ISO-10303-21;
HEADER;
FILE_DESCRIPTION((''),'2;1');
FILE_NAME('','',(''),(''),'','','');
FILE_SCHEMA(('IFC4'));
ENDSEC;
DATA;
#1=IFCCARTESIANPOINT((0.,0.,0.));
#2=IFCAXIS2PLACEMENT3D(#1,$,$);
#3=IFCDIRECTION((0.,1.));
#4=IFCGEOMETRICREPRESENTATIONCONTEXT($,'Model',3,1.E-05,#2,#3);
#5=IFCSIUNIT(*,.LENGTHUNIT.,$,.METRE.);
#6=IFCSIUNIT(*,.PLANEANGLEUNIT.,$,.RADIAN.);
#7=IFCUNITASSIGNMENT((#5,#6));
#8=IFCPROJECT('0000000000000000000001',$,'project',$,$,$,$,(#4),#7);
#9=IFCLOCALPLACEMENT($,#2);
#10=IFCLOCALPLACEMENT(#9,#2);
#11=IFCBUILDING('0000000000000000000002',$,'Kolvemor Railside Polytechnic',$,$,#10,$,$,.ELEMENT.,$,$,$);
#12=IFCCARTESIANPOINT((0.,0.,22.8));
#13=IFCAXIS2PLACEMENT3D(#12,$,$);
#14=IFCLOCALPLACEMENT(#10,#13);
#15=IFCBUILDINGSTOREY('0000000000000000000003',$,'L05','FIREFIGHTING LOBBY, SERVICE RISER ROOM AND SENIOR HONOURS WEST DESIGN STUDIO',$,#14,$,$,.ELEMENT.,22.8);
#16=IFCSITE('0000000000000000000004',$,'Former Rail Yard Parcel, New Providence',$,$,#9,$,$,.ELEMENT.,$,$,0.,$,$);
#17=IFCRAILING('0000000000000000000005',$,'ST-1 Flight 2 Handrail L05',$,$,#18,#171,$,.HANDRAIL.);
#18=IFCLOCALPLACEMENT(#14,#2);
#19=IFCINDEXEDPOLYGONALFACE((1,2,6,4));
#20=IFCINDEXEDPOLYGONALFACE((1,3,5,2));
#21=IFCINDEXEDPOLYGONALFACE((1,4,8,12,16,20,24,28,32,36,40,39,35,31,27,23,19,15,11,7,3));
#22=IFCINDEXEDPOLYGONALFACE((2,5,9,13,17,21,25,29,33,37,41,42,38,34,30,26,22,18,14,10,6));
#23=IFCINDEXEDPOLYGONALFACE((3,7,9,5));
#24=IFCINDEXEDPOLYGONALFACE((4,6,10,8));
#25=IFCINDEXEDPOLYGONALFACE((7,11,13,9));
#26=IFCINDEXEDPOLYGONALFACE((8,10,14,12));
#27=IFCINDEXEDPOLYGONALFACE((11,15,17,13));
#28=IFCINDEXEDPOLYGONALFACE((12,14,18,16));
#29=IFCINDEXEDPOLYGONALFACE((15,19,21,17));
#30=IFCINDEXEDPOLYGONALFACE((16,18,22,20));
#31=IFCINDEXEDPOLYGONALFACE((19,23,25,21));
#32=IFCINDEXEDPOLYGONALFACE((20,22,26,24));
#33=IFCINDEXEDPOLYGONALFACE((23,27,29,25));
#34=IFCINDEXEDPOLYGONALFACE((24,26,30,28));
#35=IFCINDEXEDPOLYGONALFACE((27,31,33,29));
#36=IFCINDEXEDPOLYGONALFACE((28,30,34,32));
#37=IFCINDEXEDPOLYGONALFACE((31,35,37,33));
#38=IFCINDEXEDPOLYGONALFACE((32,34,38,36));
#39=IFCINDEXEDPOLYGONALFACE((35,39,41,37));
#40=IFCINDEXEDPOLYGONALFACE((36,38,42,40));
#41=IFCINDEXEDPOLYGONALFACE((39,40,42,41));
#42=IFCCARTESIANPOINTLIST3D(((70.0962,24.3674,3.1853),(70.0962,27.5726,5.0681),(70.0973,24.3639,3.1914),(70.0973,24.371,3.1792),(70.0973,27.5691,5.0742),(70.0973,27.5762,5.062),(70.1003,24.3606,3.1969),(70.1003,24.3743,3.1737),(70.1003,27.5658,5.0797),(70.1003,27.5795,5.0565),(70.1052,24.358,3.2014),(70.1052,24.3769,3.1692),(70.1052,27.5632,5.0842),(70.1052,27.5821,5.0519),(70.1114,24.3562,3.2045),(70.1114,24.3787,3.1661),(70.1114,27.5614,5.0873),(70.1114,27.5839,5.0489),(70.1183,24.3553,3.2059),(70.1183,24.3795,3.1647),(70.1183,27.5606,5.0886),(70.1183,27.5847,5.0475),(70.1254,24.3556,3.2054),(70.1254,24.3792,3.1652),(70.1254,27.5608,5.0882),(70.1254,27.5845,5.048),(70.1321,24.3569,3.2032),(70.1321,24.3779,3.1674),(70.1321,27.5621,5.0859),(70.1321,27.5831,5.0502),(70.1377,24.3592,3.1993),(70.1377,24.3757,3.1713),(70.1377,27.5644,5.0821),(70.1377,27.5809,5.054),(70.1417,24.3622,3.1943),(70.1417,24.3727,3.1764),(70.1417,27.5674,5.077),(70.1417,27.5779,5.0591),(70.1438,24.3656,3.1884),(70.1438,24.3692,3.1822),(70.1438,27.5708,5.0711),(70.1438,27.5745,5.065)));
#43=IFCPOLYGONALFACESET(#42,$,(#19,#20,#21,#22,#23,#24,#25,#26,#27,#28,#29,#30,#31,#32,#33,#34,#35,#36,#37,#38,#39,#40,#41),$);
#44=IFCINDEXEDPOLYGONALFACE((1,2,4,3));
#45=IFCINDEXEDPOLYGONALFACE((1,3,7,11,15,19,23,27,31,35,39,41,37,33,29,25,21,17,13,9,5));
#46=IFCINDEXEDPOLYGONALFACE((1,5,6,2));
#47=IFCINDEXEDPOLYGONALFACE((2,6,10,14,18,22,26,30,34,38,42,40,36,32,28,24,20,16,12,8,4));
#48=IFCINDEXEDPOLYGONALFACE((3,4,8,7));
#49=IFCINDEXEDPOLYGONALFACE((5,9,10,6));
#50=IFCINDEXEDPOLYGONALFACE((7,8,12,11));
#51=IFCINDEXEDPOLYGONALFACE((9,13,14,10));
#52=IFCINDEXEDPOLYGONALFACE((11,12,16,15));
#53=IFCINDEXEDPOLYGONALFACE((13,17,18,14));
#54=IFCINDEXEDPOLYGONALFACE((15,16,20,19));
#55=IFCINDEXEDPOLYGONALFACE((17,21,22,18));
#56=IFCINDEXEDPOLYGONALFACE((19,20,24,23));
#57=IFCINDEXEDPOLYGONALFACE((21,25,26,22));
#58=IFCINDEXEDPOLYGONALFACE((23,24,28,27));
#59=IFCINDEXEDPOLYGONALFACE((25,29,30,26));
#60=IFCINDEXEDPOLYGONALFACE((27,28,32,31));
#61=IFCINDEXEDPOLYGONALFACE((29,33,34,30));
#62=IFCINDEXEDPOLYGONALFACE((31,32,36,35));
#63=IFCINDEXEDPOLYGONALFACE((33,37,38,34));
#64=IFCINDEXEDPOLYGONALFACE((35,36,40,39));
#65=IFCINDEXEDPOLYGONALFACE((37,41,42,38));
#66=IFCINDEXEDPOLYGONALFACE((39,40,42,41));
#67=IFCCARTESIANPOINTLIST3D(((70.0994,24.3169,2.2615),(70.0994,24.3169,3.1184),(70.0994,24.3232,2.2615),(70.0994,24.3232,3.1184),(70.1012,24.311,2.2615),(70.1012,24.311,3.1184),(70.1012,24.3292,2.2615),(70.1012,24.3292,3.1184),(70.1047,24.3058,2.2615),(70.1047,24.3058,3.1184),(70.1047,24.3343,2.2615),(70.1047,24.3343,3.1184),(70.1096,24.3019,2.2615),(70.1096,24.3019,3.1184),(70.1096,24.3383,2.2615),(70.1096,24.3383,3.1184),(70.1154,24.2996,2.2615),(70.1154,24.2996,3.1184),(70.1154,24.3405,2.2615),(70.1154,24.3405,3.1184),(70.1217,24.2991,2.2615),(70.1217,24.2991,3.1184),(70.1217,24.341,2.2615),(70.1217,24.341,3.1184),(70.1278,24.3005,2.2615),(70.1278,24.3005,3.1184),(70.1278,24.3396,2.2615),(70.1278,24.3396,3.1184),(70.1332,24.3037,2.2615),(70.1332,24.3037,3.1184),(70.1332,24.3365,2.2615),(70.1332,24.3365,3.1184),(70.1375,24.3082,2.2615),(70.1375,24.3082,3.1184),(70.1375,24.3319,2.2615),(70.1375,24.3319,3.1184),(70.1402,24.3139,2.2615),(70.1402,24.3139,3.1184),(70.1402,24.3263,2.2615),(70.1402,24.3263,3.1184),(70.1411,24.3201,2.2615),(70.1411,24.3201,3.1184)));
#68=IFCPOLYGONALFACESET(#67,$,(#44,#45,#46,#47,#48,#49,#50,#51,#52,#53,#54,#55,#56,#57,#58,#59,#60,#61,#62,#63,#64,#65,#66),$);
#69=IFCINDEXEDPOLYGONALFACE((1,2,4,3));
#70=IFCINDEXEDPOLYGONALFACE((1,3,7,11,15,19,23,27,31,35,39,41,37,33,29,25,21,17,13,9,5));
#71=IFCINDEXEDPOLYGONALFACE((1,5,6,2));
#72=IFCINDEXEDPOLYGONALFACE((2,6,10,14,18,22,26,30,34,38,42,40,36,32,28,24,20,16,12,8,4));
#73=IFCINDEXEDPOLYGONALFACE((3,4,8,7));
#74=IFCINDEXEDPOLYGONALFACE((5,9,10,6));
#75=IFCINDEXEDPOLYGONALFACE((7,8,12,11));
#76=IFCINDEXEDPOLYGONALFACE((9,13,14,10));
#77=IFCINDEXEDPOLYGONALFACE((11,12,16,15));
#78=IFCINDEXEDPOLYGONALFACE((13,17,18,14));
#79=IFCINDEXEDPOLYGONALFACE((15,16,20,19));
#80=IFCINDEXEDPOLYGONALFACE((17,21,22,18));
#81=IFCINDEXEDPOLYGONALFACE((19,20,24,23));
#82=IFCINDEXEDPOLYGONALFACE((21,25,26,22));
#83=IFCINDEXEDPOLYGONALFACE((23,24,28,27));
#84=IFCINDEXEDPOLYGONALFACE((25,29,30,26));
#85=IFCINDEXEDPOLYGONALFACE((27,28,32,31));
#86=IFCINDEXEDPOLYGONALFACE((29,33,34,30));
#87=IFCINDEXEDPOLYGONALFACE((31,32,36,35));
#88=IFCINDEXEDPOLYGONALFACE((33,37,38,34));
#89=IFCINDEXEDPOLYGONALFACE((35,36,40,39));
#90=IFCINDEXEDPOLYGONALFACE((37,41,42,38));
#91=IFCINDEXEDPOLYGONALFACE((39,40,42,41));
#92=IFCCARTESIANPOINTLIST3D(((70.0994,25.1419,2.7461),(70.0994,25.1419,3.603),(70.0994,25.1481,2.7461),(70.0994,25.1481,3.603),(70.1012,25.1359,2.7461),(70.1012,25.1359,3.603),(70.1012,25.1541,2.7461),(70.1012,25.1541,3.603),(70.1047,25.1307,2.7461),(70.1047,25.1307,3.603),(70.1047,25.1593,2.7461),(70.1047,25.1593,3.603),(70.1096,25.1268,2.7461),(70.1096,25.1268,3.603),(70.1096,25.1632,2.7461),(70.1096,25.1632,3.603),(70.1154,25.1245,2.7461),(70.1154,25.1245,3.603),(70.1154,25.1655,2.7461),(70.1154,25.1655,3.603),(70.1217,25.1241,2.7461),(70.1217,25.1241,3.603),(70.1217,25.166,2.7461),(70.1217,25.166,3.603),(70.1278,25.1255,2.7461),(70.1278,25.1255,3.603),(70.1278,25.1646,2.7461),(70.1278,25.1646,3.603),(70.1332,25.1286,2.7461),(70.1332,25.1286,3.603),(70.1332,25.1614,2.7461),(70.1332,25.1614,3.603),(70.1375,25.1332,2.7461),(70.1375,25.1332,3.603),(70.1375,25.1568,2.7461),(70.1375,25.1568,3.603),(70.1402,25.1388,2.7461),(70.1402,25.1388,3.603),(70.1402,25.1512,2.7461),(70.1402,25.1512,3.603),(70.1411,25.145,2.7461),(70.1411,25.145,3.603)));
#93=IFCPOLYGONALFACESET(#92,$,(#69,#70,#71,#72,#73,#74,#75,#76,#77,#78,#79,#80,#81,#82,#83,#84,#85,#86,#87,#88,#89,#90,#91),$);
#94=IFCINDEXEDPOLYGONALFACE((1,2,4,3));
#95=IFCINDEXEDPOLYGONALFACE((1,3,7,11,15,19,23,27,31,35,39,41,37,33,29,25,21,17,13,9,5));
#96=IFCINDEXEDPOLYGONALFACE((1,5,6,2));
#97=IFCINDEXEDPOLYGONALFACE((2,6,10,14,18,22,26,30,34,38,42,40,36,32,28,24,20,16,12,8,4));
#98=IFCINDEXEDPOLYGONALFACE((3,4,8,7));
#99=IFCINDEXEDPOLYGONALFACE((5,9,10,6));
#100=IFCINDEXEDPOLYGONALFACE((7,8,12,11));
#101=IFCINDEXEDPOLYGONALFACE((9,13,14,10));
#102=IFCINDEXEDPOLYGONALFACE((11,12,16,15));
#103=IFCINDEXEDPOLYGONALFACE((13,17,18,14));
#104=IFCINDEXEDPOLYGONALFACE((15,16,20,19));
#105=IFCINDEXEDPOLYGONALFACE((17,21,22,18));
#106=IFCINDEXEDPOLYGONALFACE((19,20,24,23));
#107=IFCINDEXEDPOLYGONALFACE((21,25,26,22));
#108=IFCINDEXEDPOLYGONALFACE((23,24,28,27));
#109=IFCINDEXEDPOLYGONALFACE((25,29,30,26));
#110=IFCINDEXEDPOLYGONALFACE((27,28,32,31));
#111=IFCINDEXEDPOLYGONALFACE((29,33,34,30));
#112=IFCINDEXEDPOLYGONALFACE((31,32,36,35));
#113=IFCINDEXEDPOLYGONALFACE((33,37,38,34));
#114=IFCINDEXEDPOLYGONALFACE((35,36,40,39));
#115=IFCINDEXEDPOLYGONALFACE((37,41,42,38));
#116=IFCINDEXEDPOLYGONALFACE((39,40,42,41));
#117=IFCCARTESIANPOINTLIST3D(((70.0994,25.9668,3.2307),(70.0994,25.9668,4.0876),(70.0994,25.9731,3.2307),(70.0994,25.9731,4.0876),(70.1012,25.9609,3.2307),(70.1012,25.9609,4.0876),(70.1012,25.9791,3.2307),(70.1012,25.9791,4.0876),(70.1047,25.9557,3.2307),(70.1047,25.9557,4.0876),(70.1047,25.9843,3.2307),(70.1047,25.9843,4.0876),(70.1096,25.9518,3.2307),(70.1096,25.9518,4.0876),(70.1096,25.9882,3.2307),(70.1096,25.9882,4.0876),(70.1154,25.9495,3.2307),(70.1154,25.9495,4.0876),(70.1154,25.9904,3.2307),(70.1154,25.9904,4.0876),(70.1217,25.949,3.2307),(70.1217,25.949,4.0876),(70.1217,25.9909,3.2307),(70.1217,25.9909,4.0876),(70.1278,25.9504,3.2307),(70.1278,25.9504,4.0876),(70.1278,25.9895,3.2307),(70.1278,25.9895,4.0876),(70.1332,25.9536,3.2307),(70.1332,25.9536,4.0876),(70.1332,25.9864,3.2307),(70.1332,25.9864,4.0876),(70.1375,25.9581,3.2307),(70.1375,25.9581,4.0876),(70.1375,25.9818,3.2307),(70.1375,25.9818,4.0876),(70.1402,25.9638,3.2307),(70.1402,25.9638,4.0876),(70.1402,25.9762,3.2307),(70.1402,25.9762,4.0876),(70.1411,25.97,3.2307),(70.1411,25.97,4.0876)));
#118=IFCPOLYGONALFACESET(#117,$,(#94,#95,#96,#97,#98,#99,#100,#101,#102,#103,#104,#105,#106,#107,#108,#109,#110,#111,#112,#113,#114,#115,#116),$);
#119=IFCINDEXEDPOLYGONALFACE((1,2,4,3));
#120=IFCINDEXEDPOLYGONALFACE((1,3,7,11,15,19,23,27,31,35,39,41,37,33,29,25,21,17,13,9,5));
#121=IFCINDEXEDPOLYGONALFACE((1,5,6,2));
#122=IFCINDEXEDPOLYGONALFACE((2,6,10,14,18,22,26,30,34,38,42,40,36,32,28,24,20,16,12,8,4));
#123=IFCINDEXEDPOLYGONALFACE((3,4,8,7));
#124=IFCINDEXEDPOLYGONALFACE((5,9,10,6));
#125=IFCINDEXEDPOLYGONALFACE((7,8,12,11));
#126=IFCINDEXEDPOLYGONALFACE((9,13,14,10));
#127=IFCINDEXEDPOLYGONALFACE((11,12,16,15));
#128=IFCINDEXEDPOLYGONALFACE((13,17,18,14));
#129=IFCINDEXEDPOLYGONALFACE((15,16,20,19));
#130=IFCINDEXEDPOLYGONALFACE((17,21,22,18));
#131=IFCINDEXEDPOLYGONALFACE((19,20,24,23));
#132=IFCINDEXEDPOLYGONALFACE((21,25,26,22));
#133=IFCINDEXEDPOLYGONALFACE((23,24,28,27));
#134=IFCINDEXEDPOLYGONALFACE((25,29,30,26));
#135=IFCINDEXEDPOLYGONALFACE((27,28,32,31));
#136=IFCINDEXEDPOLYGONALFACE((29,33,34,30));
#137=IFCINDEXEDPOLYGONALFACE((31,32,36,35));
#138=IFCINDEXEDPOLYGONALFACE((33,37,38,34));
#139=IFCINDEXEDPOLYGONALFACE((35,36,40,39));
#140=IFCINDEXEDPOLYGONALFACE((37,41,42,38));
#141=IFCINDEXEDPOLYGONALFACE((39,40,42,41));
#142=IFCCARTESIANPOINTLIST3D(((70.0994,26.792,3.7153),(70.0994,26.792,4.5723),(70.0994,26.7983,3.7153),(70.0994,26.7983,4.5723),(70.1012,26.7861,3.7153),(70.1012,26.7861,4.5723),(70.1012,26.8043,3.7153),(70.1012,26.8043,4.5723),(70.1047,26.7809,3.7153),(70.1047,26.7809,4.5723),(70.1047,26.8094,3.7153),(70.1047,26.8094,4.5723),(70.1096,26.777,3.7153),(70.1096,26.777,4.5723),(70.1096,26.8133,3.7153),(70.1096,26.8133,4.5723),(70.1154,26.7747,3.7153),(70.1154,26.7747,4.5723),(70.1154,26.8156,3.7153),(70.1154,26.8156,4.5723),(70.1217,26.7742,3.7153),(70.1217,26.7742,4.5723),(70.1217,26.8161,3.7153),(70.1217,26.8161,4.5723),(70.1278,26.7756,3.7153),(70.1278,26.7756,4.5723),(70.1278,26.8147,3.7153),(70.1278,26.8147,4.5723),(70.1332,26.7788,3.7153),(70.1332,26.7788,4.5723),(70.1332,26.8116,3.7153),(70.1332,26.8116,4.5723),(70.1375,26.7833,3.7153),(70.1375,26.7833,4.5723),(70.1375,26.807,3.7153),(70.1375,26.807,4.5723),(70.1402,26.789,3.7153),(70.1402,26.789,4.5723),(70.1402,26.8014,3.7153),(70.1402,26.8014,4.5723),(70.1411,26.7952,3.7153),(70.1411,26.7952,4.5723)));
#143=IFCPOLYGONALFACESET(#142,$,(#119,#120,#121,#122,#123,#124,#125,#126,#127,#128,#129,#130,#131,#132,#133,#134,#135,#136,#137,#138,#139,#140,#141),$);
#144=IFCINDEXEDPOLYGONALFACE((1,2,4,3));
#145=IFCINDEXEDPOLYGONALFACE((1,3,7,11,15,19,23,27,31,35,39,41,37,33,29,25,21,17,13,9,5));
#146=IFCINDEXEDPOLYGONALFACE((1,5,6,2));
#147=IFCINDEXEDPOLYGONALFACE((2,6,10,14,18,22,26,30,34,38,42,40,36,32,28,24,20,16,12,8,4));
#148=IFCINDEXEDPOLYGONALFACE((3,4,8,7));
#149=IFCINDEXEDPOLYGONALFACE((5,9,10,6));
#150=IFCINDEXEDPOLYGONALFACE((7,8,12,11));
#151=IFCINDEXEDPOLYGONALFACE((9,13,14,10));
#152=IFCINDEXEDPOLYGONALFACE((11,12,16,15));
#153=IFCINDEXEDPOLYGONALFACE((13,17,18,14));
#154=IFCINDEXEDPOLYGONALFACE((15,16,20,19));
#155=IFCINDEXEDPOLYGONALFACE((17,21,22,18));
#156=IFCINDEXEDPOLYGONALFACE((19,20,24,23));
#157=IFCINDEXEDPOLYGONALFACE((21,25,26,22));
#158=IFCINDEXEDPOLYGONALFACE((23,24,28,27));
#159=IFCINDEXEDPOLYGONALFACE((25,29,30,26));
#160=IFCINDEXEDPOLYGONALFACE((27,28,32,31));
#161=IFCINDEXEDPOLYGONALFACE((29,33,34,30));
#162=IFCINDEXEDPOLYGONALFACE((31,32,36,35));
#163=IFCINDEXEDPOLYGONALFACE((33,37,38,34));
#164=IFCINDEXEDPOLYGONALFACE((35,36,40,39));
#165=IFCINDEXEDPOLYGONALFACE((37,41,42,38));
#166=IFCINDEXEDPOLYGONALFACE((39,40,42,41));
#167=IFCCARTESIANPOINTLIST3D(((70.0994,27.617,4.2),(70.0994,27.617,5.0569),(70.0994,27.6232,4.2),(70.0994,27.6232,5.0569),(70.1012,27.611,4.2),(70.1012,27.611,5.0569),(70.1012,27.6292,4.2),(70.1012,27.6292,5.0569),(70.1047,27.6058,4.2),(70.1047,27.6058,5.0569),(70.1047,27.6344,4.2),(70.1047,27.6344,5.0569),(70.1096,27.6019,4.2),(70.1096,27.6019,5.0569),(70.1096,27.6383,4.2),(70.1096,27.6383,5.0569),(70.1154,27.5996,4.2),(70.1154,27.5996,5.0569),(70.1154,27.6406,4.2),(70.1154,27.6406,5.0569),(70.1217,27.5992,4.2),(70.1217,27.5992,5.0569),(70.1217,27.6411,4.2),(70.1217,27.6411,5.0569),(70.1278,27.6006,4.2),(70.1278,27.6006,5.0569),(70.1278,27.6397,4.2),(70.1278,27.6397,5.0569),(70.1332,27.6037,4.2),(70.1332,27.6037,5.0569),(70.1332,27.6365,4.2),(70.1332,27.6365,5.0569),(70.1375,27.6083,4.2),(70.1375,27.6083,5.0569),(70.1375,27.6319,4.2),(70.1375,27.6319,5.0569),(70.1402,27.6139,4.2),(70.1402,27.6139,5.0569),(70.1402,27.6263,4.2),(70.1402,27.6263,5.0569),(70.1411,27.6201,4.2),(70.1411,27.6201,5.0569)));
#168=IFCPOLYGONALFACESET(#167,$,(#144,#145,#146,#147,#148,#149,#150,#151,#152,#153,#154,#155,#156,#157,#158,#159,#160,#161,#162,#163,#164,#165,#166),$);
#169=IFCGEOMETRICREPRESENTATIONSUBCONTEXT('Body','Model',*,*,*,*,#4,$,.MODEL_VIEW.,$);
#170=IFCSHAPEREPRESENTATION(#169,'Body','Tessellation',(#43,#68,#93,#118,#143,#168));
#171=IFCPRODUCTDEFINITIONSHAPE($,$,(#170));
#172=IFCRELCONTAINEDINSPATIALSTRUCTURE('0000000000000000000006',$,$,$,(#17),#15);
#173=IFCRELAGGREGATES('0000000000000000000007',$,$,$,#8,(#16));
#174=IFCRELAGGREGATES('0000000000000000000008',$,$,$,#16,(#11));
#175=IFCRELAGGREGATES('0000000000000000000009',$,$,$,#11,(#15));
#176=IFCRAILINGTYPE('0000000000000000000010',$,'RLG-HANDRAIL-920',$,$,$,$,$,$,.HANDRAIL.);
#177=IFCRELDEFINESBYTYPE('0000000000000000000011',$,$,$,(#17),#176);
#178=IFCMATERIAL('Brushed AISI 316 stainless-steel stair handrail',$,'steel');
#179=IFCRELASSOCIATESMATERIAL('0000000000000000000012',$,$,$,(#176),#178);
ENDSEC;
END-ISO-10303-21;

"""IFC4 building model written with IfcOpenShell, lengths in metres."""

from ifc_helpers import new_model, si_unit, direction, frame, origin, origin_2d, place, context, subcontext, project, spatial, circle, extrude, material, type_object, element, save


model = new_model("IFC4")

# Units and contexts
model_context = context("Model", 3, precision=1e-05, world=origin(), true_north=direction((0.0, 1.0)))
body_context = subcontext(model_context, "Body", "Model", "MODEL_VIEW")
ifc_project = project(units=[si_unit("LENGTHUNIT", "METRE"), si_unit("PLANEANGLEUNIT", "RADIAN")], contexts=[model_context])

# Site, building, storey
site_placement = place(None, origin())
site = spatial("IfcSite", under=ifc_project, at=site_placement, Name="Former Rail Yard Parcel, New Providence", CompositionType="ELEMENT", RefElevation=0.0)
building_placement = place(site_placement, origin())
building = spatial("IfcBuilding", under=site, at=building_placement, Name="Kolvemor Railside Polytechnic", CompositionType="ELEMENT")
storey_placement = place(building_placement, frame((0.0, 0.0, 22.8)))
storey = spatial("IfcBuildingStorey", under=building, at=storey_placement, Name="L05", Description="FIREFIGHTING LOBBY, SERVICE RISER ROOM AND SENIOR HONOURS WEST DESIGN STUDIO", CompositionType="ELEMENT", Elevation=22.8)

# Railing
ifc_material_1 = material(Name="Brushed AISI 316 stainless-steel stair handrail", Category="steel")
railing_type_1 = type_object("IfcRailingType", Name="RLG-HANDRAIL-920", PredefinedType="HANDRAIL", material=ifc_material_1)
railing_1_placement = place(storey_placement, frame((70.1201, 24.3201, 2.2615)))
element("IfcRailing", 1, at=railing_1_placement, inside=storey, type_object=railing_type_1, Name="ST-1 Flight 2 Handrail L05", PredefinedType="HANDRAIL", context=body_context, shape_type="SweptSolid", body=[
    extrude(circle(Radius=0.0239, at=origin_2d()), frame((0.0, 0.0474, 0.9238), z_axis=(0.0, 0.862246, 0.50649), x_axis=(-1.0, 0.0, 0.0)), (0.0, 0.0, 1.0), 3.7173),
    extrude(circle(Radius=0.021, at=origin_2d()), origin(), (0.0, 0.0, 1.0), 0.8569),
    extrude(circle(Radius=0.021, at=origin_2d()), frame((0.0, 0.825, 0.4846)), (0.0, 0.0, 1.0), 0.8569),
    extrude(circle(Radius=0.021, at=origin_2d()), frame((0.0, 1.6499, 0.9692)), (0.0, 0.0, 1.0), 0.8569),
    extrude(circle(Radius=0.021, at=origin_2d()), frame((0.0, 2.4751, 1.4539)), (0.0, 0.0, 1.0), 0.8569),
    extrude(circle(Radius=0.021, at=origin_2d()), frame((0.0, 3.3, 1.9385)), (0.0, 0.0, 1.0), 0.8569),
])

save(model, "model.ifc")
